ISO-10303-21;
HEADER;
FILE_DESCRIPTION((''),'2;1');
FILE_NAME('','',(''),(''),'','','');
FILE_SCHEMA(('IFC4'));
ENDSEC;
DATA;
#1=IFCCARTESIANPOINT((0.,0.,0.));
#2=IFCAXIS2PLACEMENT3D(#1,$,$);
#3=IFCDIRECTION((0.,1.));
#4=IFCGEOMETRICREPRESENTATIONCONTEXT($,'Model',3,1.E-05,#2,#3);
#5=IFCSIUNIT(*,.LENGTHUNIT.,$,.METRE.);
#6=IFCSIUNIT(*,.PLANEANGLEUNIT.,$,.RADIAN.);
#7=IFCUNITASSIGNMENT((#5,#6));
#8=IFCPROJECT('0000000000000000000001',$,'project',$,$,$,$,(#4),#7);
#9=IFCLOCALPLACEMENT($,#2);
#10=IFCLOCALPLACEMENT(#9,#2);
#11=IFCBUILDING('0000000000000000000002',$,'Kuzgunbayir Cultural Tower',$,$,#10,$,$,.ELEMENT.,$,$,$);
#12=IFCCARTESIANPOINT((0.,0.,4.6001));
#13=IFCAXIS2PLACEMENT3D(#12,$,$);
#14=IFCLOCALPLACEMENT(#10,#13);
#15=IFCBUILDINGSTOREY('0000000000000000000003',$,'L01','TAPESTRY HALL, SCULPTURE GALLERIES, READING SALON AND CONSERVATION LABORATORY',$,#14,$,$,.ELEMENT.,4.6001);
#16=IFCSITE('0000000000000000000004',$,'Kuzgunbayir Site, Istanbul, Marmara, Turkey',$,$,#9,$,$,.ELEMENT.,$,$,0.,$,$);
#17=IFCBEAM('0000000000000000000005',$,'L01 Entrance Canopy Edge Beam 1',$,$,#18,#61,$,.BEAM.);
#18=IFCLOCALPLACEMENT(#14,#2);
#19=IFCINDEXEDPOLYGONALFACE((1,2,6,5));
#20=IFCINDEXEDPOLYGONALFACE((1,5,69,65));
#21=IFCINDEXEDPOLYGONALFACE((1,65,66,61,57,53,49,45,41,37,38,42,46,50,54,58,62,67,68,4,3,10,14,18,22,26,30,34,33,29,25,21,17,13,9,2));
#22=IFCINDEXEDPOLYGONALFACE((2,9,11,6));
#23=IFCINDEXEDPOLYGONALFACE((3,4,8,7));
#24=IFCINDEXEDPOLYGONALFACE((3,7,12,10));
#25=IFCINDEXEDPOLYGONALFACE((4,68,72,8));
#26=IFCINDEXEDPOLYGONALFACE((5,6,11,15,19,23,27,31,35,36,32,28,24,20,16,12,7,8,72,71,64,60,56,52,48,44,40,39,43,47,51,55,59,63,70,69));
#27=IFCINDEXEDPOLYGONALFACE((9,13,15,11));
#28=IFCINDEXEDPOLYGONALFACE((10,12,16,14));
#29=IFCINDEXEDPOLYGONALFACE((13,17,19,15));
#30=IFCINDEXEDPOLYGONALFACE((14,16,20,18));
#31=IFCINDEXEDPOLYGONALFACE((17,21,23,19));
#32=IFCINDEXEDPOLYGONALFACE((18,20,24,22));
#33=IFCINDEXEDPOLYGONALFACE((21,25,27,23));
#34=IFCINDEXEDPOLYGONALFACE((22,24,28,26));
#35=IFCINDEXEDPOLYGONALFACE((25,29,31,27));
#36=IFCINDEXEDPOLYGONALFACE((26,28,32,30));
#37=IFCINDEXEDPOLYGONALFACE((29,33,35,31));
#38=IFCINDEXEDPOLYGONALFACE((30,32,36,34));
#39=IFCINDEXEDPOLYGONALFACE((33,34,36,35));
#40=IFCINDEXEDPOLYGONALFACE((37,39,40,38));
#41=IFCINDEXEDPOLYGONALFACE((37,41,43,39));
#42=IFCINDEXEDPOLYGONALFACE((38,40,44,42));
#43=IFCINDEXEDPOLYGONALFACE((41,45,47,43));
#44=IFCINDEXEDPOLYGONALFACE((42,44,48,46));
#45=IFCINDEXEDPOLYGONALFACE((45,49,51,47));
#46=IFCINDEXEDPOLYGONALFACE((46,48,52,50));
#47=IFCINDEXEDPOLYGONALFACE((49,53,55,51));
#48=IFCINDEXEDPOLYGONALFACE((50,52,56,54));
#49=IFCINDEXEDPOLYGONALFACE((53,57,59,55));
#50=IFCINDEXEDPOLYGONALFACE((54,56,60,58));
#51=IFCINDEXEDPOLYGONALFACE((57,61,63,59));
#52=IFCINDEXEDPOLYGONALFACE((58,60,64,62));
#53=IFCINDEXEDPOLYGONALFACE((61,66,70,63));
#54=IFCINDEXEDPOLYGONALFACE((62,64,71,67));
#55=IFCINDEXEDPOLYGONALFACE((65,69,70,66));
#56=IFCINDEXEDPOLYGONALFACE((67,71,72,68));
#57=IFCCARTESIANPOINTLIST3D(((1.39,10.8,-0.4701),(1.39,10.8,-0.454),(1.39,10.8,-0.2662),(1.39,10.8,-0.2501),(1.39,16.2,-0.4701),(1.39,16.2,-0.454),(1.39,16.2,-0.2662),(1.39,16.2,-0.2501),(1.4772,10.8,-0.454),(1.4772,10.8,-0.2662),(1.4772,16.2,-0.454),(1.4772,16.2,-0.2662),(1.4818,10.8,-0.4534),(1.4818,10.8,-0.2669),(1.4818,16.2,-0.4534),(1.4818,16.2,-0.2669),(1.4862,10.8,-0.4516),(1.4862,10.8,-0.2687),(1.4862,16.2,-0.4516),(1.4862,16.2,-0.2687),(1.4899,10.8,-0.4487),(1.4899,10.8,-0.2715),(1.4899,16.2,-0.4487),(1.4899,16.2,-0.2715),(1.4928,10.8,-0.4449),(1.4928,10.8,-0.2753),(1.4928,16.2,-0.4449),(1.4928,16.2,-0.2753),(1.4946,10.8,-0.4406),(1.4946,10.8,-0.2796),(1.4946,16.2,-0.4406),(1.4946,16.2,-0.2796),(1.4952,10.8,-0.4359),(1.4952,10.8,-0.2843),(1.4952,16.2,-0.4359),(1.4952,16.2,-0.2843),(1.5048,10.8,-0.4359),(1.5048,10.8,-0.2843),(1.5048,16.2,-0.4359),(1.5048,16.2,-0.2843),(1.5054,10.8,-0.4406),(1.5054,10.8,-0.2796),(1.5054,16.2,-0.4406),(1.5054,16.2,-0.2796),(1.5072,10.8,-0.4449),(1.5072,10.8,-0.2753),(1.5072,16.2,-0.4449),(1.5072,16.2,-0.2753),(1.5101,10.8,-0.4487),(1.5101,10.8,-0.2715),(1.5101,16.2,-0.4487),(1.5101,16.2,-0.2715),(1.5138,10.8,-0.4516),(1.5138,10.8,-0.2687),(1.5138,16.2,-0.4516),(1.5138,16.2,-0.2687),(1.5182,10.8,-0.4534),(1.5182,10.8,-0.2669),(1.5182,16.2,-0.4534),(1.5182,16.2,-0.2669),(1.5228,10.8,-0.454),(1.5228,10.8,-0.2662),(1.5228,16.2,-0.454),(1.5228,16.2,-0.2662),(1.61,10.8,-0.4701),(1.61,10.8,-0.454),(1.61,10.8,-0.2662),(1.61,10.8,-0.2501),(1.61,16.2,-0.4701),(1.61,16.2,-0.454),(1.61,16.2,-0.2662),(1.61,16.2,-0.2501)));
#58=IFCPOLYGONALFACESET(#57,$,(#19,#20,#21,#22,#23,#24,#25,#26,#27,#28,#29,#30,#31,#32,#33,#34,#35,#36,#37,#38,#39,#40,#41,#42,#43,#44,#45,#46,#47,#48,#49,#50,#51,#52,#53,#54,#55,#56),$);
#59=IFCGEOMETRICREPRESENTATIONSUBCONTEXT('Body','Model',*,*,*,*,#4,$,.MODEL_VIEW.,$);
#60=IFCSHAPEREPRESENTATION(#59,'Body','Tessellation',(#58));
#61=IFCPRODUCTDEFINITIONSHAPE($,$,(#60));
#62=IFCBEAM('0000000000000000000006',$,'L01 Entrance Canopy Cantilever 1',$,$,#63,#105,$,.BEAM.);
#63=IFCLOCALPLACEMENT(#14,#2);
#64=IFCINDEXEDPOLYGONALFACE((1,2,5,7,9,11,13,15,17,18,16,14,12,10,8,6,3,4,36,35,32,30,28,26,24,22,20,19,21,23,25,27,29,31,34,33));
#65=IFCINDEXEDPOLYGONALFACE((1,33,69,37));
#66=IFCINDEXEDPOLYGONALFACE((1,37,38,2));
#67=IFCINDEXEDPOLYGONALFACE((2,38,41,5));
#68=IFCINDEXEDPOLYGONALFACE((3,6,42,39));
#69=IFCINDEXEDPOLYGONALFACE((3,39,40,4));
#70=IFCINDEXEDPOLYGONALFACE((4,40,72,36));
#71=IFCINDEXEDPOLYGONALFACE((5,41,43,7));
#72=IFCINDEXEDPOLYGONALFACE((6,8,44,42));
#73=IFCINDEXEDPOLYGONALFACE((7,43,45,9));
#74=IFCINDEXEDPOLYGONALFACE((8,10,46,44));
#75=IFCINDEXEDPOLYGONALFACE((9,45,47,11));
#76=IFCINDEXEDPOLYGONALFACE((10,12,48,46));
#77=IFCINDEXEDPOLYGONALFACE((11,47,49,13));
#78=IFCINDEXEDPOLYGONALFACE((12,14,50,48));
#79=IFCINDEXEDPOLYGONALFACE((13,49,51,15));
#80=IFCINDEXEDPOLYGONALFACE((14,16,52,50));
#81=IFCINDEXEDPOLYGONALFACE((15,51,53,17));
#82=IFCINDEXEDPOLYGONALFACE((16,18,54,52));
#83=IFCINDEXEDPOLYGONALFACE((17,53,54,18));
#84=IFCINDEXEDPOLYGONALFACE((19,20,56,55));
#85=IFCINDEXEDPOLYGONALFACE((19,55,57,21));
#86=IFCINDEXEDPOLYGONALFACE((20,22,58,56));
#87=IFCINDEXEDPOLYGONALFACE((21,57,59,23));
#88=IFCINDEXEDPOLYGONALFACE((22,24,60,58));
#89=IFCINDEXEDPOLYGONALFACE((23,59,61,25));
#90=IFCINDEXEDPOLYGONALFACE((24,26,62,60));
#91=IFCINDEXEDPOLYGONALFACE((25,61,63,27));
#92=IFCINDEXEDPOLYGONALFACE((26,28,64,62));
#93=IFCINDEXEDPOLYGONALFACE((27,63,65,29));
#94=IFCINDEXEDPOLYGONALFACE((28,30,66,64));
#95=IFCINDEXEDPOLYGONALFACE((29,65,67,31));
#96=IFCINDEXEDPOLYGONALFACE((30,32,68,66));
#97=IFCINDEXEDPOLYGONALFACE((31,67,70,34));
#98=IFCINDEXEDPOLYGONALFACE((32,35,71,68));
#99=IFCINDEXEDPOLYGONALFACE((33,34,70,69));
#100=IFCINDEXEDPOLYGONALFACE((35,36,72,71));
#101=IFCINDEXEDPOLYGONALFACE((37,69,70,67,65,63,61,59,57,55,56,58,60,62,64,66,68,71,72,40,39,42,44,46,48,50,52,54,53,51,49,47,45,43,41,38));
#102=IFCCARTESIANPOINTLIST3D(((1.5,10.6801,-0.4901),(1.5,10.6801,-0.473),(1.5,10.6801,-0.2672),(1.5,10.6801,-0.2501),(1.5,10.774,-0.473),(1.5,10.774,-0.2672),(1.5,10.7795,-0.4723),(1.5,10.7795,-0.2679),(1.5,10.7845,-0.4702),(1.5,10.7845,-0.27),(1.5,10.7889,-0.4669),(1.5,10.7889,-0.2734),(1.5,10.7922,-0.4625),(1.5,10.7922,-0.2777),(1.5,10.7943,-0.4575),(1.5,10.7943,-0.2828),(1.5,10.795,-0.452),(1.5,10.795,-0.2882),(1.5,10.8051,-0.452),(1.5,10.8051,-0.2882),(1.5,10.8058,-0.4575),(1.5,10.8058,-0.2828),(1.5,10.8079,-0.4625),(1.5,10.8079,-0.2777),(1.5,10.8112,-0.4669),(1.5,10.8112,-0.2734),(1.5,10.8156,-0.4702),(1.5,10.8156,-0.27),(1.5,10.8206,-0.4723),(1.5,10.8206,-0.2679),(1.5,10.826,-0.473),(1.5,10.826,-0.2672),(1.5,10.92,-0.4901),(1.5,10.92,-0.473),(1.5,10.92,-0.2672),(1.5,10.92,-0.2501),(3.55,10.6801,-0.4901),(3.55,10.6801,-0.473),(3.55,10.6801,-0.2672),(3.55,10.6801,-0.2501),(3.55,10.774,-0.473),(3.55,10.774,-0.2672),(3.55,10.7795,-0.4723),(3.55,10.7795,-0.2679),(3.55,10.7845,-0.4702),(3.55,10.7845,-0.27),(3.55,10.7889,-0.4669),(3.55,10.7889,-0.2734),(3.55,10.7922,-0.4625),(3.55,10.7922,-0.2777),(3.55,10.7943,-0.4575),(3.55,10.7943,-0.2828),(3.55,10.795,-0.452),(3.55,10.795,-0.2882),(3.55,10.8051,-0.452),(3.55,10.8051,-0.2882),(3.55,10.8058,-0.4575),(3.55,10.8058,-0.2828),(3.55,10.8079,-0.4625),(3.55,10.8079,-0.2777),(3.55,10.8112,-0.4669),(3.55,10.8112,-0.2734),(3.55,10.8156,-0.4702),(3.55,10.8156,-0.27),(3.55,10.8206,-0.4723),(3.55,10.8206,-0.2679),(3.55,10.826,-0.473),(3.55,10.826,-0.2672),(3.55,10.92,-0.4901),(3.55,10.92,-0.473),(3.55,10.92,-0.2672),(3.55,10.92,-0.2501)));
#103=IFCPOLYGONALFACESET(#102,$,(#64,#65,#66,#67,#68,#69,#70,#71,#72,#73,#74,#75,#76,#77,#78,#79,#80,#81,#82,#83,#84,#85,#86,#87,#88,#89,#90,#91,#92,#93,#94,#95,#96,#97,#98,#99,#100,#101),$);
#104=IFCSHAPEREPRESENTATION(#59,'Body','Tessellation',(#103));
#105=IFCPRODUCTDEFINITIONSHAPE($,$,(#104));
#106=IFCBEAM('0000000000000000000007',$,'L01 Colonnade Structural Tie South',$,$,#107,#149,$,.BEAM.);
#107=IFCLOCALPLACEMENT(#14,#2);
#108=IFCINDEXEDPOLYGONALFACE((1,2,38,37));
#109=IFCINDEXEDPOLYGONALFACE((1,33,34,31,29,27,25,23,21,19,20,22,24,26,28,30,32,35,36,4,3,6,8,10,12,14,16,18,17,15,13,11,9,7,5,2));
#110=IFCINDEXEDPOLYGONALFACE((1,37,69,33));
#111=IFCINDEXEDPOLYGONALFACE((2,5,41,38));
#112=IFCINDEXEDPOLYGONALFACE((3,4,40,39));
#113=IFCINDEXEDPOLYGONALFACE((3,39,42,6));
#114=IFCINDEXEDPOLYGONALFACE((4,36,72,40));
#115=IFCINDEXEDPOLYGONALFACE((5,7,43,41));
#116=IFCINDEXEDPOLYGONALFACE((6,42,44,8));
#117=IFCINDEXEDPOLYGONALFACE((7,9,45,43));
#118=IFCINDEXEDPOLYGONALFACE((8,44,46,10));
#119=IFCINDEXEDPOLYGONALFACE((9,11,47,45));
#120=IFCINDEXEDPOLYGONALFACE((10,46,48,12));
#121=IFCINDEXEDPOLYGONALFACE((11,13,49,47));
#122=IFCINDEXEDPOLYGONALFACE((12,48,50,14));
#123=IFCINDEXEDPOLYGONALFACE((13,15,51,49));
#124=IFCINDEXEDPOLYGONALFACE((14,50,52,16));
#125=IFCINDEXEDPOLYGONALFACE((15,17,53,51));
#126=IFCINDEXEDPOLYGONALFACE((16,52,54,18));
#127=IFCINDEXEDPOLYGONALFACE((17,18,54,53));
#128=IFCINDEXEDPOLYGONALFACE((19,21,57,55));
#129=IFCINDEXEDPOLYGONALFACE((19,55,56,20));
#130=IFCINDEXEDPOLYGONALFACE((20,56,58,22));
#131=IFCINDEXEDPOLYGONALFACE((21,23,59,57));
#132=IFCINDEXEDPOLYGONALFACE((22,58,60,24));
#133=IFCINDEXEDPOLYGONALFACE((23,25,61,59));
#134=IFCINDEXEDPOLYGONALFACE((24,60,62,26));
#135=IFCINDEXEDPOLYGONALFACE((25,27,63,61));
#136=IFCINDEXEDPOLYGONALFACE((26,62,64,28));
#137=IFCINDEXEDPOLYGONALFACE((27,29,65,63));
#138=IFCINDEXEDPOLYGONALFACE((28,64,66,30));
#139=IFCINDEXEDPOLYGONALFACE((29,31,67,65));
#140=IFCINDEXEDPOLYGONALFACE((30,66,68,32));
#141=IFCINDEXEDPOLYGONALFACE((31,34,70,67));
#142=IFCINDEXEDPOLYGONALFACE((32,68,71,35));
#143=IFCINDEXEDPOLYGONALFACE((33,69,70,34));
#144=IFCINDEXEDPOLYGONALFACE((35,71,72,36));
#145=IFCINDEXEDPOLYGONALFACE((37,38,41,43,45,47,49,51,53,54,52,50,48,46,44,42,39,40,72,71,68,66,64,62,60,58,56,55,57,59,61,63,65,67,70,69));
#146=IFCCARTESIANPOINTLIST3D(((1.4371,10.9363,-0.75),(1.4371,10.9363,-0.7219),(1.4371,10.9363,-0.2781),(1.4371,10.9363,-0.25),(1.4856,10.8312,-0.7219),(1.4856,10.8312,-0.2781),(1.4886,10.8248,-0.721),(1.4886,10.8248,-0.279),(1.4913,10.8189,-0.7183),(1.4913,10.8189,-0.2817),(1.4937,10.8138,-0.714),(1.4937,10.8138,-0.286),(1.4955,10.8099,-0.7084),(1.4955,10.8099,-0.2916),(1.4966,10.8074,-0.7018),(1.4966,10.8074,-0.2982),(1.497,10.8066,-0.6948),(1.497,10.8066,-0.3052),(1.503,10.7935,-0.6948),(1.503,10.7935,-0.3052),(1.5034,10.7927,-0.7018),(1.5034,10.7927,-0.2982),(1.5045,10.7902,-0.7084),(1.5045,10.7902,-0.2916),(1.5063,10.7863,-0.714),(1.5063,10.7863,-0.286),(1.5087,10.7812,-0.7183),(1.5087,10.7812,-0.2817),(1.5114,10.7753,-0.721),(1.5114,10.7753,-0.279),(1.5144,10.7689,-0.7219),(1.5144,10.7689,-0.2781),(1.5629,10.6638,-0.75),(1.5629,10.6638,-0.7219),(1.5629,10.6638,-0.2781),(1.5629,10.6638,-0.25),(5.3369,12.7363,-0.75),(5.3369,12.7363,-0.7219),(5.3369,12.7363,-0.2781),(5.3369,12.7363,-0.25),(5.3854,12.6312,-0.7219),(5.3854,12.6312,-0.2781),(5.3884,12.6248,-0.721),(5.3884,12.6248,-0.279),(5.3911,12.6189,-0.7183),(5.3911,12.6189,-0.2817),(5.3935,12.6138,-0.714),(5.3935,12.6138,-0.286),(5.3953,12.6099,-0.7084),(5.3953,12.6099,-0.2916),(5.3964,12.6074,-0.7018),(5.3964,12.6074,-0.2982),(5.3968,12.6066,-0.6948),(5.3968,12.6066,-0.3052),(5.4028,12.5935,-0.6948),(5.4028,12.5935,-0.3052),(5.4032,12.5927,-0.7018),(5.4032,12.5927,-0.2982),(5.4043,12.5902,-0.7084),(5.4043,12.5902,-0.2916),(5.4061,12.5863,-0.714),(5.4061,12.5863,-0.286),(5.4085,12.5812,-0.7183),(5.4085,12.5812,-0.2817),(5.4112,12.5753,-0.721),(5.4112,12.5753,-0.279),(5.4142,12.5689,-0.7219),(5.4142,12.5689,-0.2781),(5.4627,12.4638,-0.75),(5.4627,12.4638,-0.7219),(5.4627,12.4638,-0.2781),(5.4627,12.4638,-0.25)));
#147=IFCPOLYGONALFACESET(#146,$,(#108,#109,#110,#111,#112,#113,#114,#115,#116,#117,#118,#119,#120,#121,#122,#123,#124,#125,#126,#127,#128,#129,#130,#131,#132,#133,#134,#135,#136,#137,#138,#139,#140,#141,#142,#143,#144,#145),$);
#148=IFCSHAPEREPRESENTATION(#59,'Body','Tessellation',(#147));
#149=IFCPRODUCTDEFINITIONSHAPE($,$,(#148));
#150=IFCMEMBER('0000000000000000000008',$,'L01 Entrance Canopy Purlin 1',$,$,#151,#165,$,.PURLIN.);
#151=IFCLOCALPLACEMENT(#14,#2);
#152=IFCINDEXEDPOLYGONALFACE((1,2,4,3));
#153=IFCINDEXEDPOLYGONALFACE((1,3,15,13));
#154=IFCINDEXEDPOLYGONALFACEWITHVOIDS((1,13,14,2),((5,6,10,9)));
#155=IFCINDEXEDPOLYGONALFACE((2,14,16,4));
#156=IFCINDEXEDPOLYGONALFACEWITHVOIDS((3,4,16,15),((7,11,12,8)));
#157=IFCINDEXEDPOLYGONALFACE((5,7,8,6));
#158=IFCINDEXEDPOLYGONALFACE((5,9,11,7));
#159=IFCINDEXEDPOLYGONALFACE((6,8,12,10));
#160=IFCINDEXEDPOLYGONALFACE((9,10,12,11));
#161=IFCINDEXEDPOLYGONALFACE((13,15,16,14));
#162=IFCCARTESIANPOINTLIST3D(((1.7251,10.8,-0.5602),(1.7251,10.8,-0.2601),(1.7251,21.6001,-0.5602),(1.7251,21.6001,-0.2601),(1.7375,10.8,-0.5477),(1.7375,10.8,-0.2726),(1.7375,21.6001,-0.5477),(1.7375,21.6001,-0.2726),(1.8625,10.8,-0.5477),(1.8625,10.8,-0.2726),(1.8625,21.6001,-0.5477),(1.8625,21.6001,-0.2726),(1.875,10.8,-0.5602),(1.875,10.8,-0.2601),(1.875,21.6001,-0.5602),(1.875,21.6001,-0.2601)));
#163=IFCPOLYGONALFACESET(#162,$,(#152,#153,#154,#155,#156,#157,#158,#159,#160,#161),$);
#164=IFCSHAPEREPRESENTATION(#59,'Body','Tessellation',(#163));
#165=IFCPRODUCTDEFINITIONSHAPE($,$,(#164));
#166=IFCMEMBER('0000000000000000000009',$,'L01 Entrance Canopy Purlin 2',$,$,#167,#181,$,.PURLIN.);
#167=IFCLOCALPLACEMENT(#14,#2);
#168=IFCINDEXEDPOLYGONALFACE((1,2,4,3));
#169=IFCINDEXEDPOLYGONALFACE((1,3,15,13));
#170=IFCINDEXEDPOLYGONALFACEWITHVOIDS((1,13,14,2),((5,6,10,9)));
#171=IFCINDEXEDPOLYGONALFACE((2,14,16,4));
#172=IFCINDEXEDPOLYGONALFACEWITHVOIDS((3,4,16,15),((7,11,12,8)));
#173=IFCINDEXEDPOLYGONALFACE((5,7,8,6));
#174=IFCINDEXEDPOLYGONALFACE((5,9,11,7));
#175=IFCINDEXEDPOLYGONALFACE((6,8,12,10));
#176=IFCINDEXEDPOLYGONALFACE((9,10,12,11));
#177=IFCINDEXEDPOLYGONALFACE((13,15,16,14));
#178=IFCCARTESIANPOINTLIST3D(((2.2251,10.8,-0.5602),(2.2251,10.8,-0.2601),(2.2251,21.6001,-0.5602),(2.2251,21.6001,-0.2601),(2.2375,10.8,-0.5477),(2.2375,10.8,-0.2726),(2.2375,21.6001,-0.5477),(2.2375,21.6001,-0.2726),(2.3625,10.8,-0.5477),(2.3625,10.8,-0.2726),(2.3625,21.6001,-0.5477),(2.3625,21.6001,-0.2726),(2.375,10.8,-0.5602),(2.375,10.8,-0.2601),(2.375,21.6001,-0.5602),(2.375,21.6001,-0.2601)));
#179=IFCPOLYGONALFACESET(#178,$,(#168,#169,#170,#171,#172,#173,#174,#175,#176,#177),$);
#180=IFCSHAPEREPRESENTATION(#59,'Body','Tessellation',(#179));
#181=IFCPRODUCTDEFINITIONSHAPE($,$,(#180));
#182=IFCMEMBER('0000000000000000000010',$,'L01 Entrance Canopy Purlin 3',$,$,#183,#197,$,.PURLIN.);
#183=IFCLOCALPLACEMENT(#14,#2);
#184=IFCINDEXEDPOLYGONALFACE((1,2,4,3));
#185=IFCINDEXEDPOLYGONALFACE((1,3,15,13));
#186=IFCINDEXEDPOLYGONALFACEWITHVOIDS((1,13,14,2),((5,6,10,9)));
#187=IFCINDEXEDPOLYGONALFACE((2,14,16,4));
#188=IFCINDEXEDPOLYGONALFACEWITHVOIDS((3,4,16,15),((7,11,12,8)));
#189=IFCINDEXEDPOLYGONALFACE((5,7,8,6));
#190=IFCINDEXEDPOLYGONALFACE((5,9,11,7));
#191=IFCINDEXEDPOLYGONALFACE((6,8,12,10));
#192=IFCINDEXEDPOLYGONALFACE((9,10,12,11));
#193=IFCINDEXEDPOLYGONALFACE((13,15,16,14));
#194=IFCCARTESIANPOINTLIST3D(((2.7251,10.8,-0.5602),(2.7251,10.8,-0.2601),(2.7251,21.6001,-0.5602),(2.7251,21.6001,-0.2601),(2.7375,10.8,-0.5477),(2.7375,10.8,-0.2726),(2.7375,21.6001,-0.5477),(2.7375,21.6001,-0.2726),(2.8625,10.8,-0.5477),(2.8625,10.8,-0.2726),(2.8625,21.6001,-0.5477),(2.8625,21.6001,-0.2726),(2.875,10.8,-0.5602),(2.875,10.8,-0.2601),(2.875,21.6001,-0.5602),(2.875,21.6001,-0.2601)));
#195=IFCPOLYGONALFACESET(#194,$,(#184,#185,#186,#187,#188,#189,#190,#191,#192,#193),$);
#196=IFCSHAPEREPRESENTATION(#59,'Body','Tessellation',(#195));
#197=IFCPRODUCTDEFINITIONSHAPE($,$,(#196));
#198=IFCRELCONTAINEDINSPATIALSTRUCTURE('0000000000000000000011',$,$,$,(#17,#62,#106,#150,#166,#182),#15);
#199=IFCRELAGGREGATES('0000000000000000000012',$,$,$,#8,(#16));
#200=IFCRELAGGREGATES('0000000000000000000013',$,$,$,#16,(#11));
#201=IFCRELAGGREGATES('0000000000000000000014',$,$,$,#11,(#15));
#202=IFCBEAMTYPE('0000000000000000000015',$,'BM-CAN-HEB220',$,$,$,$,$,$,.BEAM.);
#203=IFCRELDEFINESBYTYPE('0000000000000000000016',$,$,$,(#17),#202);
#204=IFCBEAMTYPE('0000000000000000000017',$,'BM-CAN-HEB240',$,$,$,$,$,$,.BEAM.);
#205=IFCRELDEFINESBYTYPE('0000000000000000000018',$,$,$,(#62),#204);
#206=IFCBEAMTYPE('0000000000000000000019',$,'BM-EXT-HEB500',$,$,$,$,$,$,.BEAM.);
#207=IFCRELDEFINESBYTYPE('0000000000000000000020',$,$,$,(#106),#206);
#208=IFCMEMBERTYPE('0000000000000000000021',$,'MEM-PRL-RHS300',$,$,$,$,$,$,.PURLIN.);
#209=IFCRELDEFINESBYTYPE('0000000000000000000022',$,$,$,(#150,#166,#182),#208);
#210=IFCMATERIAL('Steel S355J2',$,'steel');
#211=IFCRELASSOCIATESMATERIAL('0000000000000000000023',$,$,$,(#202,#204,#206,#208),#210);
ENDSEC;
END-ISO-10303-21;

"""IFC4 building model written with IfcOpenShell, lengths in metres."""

from ifc_helpers import new_model, si_unit, direction, frame, origin, origin_2d, place, context, subcontext, project, spatial, hollow_rectangle, i_section, extrude, material, material_profile, profile_set, type_object, element, save


model = new_model("IFC4")

# Units and contexts
model_context = context("Model", 3, precision=1e-05, world=origin(), true_north=direction((0.0, 1.0)))
body_context = subcontext(model_context, "Body", "Model", "MODEL_VIEW")
ifc_project = project(units=[si_unit("LENGTHUNIT", "METRE"), si_unit("PLANEANGLEUNIT", "RADIAN")], contexts=[model_context])

# Site, building, storey
site_placement = place(None, origin())
site = spatial("IfcSite", under=ifc_project, at=site_placement, Name="Kuzgunbayir Site, Istanbul, Marmara, Turkey", CompositionType="ELEMENT", RefElevation=0.0)
building_placement = place(site_placement, origin())
building = spatial("IfcBuilding", under=site, at=building_placement, Name="Kuzgunbayir Cultural Tower", CompositionType="ELEMENT")
storey_placement = place(building_placement, frame((0.0, 0.0, 4.6001)))
storey = spatial("IfcBuildingStorey", under=building, at=storey_placement, Name="L01", Description="TAPESTRY HALL, SCULPTURE GALLERIES, READING SALON AND CONSERVATION LABORATORY", CompositionType="ELEMENT", Elevation=4.6001)

# Beams
ifc_material_1 = material(Name="Steel S355J2", Category="steel")
ifc_material_profile_1 = material_profile(ifc_material_1, i_section(OverallWidth=0.22, OverallDepth=0.22, WebThickness=0.0095, FlangeThickness=0.0161, FilletRadius=0.0181, at=origin_2d()), Name="HEB 220")
ifc_profile_set_1 = profile_set([ifc_material_profile_1], Name="Steel S355J2")
beam_type_1 = type_object("IfcBeamType", Name="BM-CAN-HEB220", PredefinedType="BEAM", material=ifc_profile_set_1)
beam_1_placement = place(storey_placement, frame((1.5, 10.8, -0.3601), z_axis=(0.0, 1.0, 0.0), x_axis=(-1.0, 0.0, 0.0)))
element("IfcBeam", 1, at=beam_1_placement, inside=storey, type_object=beam_type_1, Name="L01 Entrance Canopy Edge Beam 1", PredefinedType="BEAM", context=body_context, shape_type="SweptSolid", body=[
    extrude(i_section(OverallWidth=0.22, OverallDepth=0.22, WebThickness=0.0095, FlangeThickness=0.0161, FilletRadius=0.0181, at=origin_2d()), origin(), (0.0, 0.0, 1.0), 5.3999),
])
ifc_material_profile_2 = material_profile(ifc_material_1, i_section(OverallWidth=0.24, OverallDepth=0.24, WebThickness=0.01, FlangeThickness=0.0171, FilletRadius=0.021, at=origin_2d()), Name="HEB 240")
ifc_profile_set_2 = profile_set([ifc_material_profile_2], Name="Steel S355J2")
beam_type_2 = type_object("IfcBeamType", Name="BM-CAN-HEB240", PredefinedType="BEAM", material=ifc_profile_set_2)
beam_2_placement = place(storey_placement, frame((1.5, 10.8, -0.3701), z_axis=(1.0, 0.0, 0.0), x_axis=(0.0, 1.0, 0.0)))
element("IfcBeam", 2, at=beam_2_placement, inside=storey, type_object=beam_type_2, Name="L01 Entrance Canopy Cantilever 1", PredefinedType="BEAM", context=body_context, shape_type="SweptSolid", body=[
    extrude(i_section(OverallWidth=0.24, OverallDepth=0.24, WebThickness=0.01, FlangeThickness=0.0171, FilletRadius=0.021, at=origin_2d()), origin(), (0.0, 0.0, 1.0), 2.05),
])
ifc_material_profile_3 = material_profile(ifc_material_1, i_section(OverallWidth=0.3, OverallDepth=0.5, WebThickness=0.0144, FlangeThickness=0.0281, FilletRadius=0.0271, at=origin_2d()), Name="HEB 500")
ifc_profile_set_3 = profile_set([ifc_material_profile_3], Name="Steel S355J2")
beam_type_3 = type_object("IfcBeamType", Name="BM-EXT-HEB500", PredefinedType="BEAM", material=ifc_profile_set_3)
beam_3_placement = place(storey_placement, frame((1.5, 10.8, -0.5), z_axis=(0.907951, 0.419076, 0.0), x_axis=(-0.419076, 0.907951, 0.0)))
element("IfcBeam", 3, at=beam_3_placement, inside=storey, type_object=beam_type_3, Name="L01 Colonnade Structural Tie South", PredefinedType="BEAM", context=body_context, shape_type="SweptSolid", body=[
    extrude(i_section(OverallWidth=0.3, OverallDepth=0.5, WebThickness=0.0144, FlangeThickness=0.0281, FilletRadius=0.0271, at=origin_2d()), origin(), (0.0, 0.0, 1.0), 4.2952),
])

# Members
ifc_material_profile_4 = material_profile(ifc_material_1, hollow_rectangle(XDim=0.1499, YDim=0.3, WallThickness=0.0125, at=origin_2d()), Name="RHS 300x150x12.5")
ifc_profile_set_4 = profile_set([ifc_material_profile_4], Name="Steel S355J2")
member_type = type_object("IfcMemberType", Name="MEM-PRL-RHS300", PredefinedType="PURLIN", material=ifc_profile_set_4)
for number, where, z_axis, x_axis, name in (
    (4, (1.8, 10.8, -0.4102), (0.0, 1.0, 0.0), (-1.0, 0.0, 0.0), "L01 Entrance Canopy Purlin 1"),
    (5, (2.3, 10.8, -0.4102), (0.0, 1.0, 0.0), (-1.0, 0.0, 0.0), "L01 Entrance Canopy Purlin 2"),
    (6, (2.8, 10.8, -0.4102), (0.0, 1.0, 0.0), (-1.0, 0.0, 0.0), "L01 Entrance Canopy Purlin 3"),
):
    element("IfcMember", number, at=place(storey_placement, frame(where, z_axis=z_axis, x_axis=x_axis)), inside=storey, type_object=member_type, Name=name, PredefinedType="PURLIN", context=body_context, shape_type="SweptSolid", body=[
        extrude(hollow_rectangle(XDim=0.1499, YDim=0.3, WallThickness=0.0125, at=origin_2d()), origin(), (0.0, 0.0, 1.0), 10.8),
    ])

save(model, "model.ifc")
